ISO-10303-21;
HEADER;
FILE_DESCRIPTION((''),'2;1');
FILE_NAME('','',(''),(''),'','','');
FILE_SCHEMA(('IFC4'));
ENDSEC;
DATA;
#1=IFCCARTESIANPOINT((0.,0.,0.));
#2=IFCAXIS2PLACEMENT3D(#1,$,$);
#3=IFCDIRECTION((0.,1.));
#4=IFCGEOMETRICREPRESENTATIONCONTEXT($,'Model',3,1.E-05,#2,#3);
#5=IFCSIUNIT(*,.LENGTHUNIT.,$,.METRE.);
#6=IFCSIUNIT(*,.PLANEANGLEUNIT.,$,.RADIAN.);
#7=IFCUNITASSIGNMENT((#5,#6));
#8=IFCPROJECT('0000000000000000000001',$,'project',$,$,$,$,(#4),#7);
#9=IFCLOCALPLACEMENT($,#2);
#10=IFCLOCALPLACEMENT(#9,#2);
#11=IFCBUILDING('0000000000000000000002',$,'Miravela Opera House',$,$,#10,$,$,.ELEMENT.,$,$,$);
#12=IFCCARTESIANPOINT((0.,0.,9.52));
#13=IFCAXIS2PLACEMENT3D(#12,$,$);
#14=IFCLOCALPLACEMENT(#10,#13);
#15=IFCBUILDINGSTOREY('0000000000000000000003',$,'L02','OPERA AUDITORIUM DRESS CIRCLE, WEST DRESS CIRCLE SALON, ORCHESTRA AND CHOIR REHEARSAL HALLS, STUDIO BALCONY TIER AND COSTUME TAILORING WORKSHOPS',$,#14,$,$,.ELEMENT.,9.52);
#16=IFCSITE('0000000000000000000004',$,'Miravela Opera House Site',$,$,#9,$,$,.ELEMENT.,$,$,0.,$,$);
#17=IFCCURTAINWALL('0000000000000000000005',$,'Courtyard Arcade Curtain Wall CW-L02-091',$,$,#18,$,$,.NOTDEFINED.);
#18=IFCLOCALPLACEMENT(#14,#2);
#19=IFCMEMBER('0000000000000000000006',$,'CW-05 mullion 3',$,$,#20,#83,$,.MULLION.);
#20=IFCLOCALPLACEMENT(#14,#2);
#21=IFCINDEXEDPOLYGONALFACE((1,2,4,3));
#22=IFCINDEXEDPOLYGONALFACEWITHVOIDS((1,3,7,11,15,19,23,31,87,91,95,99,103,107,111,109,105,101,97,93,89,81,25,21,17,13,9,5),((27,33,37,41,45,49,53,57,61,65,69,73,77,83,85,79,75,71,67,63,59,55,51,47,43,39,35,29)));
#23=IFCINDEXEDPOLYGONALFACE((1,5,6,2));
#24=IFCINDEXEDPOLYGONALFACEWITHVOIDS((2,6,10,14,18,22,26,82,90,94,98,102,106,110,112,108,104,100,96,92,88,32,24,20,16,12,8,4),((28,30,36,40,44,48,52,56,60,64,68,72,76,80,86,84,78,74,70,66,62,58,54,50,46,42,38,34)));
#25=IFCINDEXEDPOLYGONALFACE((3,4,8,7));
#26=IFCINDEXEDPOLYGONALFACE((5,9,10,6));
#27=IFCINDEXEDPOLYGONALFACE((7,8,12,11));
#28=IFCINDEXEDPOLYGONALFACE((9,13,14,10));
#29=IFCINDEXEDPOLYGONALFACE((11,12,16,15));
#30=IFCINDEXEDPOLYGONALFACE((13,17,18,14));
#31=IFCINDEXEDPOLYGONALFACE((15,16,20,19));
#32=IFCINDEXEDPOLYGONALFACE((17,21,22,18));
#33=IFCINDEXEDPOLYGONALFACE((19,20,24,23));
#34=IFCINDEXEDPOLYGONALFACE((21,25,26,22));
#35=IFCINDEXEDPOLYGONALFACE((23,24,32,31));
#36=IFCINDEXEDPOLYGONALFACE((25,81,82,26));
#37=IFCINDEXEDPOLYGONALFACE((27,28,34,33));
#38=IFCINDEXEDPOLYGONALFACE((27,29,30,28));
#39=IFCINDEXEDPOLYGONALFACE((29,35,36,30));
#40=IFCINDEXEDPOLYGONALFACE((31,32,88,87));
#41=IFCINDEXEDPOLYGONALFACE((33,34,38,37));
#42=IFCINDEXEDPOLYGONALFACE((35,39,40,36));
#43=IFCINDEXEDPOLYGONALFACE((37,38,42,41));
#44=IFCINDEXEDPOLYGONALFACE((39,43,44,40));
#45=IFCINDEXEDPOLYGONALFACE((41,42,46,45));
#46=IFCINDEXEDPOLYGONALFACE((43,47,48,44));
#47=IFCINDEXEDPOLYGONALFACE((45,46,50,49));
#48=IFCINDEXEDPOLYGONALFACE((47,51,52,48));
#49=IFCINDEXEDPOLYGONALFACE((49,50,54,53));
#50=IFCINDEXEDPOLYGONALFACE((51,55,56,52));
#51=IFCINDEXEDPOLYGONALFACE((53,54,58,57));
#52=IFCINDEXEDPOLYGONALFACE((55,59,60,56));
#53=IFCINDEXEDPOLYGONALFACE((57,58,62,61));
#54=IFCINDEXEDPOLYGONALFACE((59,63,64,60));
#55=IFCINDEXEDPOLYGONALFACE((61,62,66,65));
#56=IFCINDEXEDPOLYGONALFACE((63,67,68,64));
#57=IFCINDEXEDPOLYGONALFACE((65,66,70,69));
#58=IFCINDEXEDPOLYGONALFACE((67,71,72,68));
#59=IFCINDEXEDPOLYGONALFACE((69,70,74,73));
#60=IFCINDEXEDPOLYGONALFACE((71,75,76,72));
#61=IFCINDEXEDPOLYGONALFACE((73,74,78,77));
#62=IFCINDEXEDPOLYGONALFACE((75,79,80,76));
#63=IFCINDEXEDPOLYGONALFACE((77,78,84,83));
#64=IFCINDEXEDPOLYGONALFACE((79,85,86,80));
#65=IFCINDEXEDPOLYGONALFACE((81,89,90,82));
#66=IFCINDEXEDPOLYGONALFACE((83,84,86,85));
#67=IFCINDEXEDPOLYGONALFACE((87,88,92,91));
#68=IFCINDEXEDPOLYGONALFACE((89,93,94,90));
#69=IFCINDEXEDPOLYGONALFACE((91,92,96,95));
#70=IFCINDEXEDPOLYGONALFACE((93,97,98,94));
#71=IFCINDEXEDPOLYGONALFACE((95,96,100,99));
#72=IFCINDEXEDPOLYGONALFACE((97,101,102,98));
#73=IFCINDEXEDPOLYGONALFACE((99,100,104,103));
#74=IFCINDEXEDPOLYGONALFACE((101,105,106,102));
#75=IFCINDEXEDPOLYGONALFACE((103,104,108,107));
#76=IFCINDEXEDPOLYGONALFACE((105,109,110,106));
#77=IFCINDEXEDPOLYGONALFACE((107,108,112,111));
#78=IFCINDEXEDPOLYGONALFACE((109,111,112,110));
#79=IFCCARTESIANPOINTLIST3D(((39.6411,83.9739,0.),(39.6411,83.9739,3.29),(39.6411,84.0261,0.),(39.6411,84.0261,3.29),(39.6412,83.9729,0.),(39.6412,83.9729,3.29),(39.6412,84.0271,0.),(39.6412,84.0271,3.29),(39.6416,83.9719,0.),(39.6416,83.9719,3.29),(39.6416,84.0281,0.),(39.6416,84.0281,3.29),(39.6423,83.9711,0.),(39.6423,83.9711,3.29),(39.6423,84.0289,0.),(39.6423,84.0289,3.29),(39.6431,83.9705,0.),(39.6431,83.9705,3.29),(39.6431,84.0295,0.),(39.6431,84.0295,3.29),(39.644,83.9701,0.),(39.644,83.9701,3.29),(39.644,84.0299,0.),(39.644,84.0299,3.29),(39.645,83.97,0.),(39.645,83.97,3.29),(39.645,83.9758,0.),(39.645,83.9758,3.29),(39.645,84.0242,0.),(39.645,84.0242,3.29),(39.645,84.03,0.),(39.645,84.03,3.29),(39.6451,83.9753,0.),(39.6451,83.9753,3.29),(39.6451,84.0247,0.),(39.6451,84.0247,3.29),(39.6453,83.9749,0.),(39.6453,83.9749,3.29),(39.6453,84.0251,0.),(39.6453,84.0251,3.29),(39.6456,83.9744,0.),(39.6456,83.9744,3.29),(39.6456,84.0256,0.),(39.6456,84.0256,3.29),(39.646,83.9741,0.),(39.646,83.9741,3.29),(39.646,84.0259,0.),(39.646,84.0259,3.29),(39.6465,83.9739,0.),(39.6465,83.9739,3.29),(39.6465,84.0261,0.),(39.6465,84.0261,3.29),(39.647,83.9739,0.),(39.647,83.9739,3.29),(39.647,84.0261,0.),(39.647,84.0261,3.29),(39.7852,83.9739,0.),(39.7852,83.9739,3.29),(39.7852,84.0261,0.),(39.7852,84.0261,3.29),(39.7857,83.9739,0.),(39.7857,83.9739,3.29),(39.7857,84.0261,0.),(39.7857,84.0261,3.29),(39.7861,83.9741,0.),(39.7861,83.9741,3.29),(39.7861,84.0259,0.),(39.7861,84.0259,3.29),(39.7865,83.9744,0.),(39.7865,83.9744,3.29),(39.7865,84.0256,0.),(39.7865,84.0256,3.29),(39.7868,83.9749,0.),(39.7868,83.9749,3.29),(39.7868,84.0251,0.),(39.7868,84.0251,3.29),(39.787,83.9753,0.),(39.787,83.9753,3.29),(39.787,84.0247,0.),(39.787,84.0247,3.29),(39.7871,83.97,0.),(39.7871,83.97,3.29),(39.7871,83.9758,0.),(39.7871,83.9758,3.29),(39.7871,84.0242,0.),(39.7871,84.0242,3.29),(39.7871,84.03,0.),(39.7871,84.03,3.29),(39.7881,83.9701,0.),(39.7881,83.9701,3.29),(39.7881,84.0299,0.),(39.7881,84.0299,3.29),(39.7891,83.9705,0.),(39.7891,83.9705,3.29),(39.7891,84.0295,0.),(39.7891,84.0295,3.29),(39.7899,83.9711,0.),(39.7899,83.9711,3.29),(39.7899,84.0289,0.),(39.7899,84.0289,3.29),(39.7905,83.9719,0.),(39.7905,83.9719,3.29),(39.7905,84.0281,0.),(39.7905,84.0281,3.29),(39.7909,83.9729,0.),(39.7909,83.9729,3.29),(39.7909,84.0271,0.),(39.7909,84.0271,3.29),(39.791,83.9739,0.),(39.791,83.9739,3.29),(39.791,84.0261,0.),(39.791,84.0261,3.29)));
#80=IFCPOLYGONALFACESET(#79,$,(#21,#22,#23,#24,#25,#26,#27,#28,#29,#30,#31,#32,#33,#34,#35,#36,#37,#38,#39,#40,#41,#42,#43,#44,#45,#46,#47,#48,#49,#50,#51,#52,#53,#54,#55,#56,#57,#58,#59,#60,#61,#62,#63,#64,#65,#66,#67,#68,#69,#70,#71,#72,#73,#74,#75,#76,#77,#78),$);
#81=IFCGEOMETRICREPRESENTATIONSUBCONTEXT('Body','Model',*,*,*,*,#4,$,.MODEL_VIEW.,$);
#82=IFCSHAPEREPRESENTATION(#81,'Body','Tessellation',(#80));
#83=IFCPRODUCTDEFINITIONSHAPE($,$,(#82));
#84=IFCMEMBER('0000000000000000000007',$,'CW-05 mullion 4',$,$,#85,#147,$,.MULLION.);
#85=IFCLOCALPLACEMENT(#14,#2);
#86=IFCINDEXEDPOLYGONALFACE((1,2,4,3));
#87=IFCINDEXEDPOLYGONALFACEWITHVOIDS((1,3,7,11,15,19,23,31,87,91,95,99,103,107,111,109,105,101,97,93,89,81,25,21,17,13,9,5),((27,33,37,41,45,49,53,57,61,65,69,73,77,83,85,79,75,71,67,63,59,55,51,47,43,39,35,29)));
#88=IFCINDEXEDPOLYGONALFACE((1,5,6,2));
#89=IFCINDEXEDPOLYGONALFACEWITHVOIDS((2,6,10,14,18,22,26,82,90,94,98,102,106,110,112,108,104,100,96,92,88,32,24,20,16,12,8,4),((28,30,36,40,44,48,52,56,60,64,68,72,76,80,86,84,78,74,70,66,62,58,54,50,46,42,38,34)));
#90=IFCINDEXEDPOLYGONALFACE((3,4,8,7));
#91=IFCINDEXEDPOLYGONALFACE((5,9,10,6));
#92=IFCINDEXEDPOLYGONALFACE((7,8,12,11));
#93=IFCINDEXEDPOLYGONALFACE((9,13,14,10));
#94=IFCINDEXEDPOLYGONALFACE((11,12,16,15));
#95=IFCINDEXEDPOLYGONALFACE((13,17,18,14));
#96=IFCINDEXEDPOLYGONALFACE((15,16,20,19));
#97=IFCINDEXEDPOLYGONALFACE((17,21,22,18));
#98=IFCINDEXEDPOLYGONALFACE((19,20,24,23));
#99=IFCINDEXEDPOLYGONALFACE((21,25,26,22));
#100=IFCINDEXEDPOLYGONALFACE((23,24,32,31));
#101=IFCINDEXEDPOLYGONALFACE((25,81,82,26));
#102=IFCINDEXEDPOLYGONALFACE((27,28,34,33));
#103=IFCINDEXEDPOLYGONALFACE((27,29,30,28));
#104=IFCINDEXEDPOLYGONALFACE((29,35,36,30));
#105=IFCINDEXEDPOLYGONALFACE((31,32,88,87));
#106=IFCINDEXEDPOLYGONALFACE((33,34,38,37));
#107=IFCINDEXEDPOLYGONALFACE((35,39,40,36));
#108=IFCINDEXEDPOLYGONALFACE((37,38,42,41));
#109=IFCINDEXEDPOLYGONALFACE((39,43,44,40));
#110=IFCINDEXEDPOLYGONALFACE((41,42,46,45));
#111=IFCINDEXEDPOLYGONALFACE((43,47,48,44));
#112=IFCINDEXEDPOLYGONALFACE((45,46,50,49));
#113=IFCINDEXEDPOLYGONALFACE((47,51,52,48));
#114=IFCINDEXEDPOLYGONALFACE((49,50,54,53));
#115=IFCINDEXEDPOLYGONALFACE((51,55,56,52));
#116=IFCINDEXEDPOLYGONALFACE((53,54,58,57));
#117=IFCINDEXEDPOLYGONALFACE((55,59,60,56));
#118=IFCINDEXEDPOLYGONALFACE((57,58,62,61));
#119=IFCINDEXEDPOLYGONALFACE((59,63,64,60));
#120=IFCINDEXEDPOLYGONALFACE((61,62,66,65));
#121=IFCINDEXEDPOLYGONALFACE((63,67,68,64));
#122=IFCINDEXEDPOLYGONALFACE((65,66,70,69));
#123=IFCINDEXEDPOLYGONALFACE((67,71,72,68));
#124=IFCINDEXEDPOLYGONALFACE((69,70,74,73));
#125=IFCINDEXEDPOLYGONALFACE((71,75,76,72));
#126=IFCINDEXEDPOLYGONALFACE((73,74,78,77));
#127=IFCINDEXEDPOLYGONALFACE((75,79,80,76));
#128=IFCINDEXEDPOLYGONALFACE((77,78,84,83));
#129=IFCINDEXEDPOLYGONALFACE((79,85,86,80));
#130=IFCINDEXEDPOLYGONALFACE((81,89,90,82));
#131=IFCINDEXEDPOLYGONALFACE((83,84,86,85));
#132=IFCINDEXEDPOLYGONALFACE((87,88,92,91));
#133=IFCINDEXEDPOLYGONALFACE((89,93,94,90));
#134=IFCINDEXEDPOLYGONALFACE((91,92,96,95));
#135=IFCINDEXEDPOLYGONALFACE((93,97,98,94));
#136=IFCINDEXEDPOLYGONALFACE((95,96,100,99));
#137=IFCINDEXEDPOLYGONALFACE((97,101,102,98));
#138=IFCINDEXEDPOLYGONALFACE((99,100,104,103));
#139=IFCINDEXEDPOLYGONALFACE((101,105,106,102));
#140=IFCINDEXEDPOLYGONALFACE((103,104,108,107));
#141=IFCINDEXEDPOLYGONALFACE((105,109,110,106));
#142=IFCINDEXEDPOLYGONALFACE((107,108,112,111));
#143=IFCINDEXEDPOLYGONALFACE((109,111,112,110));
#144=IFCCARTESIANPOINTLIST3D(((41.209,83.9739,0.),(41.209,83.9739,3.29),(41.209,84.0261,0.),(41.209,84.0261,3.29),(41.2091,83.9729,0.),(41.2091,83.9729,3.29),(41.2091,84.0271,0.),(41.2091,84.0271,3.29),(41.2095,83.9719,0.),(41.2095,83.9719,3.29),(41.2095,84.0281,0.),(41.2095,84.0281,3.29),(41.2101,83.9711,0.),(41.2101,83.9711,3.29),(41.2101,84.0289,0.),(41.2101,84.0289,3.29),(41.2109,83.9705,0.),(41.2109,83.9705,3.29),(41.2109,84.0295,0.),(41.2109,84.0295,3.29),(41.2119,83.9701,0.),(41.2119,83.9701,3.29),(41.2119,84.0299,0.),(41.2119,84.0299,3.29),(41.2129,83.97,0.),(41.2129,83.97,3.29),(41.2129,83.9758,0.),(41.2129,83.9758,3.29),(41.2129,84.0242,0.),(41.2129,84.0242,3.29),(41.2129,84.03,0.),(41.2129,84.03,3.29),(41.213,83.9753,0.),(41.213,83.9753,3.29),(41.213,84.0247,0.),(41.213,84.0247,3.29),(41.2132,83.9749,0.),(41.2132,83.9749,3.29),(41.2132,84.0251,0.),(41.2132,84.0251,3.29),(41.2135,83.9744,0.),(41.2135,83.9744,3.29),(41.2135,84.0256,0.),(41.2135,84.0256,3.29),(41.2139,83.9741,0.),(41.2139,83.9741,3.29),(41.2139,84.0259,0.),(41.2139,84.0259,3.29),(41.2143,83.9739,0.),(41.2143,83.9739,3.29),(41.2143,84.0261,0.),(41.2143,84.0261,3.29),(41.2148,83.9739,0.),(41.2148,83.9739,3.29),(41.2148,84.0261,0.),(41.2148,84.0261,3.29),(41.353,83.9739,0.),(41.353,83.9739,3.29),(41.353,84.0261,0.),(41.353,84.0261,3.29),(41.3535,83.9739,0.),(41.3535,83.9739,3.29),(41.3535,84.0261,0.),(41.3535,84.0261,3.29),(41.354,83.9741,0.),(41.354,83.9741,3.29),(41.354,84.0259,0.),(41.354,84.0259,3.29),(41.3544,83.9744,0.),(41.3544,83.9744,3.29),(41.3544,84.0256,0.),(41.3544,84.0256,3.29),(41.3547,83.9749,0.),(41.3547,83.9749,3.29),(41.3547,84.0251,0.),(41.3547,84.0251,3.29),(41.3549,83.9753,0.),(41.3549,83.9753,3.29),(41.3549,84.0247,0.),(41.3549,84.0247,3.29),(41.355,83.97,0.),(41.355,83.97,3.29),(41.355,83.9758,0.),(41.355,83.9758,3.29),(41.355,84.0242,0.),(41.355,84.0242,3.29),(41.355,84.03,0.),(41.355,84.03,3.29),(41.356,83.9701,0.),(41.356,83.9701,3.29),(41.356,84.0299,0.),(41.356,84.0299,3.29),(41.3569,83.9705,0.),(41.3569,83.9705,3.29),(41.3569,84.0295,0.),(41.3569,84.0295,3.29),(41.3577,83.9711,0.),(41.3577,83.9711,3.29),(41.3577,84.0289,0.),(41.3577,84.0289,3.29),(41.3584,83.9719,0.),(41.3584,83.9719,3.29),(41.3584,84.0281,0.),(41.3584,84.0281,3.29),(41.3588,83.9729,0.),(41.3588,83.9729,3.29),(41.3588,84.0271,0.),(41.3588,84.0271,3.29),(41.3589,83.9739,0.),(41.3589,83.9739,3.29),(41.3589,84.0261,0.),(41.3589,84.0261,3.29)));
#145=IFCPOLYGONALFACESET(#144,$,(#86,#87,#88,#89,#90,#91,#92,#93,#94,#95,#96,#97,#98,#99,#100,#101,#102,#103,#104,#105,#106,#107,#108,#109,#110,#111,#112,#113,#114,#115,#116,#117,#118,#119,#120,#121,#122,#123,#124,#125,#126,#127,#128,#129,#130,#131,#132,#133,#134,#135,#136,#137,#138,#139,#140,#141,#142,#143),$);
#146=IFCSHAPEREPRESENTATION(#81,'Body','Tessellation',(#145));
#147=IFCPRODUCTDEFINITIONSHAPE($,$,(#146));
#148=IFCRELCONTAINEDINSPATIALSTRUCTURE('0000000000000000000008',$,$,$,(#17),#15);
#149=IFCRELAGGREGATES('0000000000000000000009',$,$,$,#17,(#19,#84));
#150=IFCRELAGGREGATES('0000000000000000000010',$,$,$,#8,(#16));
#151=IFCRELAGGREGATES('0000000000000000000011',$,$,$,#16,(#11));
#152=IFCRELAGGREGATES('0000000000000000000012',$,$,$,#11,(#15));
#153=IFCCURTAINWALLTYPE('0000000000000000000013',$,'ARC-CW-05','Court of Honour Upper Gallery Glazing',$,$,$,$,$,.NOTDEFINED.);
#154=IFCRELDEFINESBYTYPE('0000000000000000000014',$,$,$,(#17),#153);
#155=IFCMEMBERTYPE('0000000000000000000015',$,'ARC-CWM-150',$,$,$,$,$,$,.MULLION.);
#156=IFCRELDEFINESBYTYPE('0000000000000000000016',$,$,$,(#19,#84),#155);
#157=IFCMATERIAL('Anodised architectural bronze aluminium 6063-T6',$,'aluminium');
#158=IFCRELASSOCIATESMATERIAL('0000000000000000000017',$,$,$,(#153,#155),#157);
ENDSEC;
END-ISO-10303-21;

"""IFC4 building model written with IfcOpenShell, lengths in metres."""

from ifc_helpers import new_model, si_unit, direction, frame, origin, origin_2d, place, context, subcontext, project, spatial, hollow_rectangle, extrude, material, material_profile, profile_set, type_object, element, aggregate, save


model = new_model("IFC4")

# Units and contexts
model_context = context("Model", 3, precision=1e-05, world=origin(), true_north=direction((0.0, 1.0)))
body_context = subcontext(model_context, "Body", "Model", "MODEL_VIEW")
ifc_project = project(units=[si_unit("LENGTHUNIT", "METRE"), si_unit("PLANEANGLEUNIT", "RADIAN")], contexts=[model_context])

# Site, building, storey
site_placement = place(None, origin())
site = spatial("IfcSite", under=ifc_project, at=site_placement, Name="Miravela Opera House Site", CompositionType="ELEMENT", RefElevation=0.0)
building_placement = place(site_placement, origin())
building = spatial("IfcBuilding", under=site, at=building_placement, Name="Miravela Opera House", CompositionType="ELEMENT")
storey_placement = place(building_placement, frame((0.0, 0.0, 9.52)))
storey = spatial("IfcBuildingStorey", under=building, at=storey_placement, Name="L02", Description="OPERA AUDITORIUM DRESS CIRCLE, WEST DRESS CIRCLE SALON, ORCHESTRA AND CHOIR REHEARSAL HALLS, STUDIO BALCONY TIER AND COSTUME TAILORING WORKSHOPS", CompositionType="ELEMENT", Elevation=9.52)

# Curtain wall, members
ifc_material_1 = material(Name="Anodised architectural bronze aluminium 6063-T6", Category="aluminium")
curtain_wall_type = type_object("IfcCurtainWallType", Name="ARC-CW-05", Description="Court of Honour Upper Gallery Glazing", PredefinedType="NOTDEFINED", material=ifc_material_1)
curtain_wall_placement = place(storey_placement, origin())
curtain_wall = element("IfcCurtainWall", 1, at=curtain_wall_placement, inside=storey, type_object=curtain_wall_type, Name="Courtyard Arcade Curtain Wall CW-L02-091", PredefinedType="NOTDEFINED")
ifc_material_profile_1 = material_profile(ifc_material_1, hollow_rectangle(XDim=0.0601, YDim=0.1499, WallThickness=0.0039, InnerFilletRadius=0.002, OuterFilletRadius=0.0039, at=origin_2d()), Name="CWM-60X150")
ifc_profile_set_1 = profile_set([ifc_material_profile_1])
member_type_1 = type_object("IfcMemberType", Name="ARC-CWM-150", PredefinedType="MULLION", material=ifc_profile_set_1)
member_1_placement = place(storey_placement, frame((39.7161, 84.0, 0.0), z_axis=(0.0, 0.0, 1.0), x_axis=(0.0, 1.0, 0.0)))
member_1 = element("IfcMember", 2, at=member_1_placement, type_object=member_type_1, Name="CW-05 mullion 3", PredefinedType="MULLION", context=body_context, shape_type="SweptSolid", body=[
    extrude(hollow_rectangle(XDim=0.0601, YDim=0.1499, WallThickness=0.0039, InnerFilletRadius=0.002, OuterFilletRadius=0.0039, at=origin_2d()), origin(), (0.0, 0.0, 1.0), 3.29),
])
member_2_placement = place(storey_placement, frame((41.2839, 84.0, 0.0), z_axis=(0.0, 0.0, 1.0), x_axis=(0.0, 1.0, 0.0)))
member_2 = element("IfcMember", 3, at=member_2_placement, type_object=member_type_1, Name="CW-05 mullion 4", PredefinedType="MULLION", context=body_context, shape_type="SweptSolid", body=[
    extrude(hollow_rectangle(XDim=0.0601, YDim=0.1499, WallThickness=0.0039, InnerFilletRadius=0.002, OuterFilletRadius=0.0039, at=origin_2d()), origin(), (0.0, 0.0, 1.0), 3.29),
])
aggregate(curtain_wall, [member_1, member_2])

save(model, "model.ifc")
